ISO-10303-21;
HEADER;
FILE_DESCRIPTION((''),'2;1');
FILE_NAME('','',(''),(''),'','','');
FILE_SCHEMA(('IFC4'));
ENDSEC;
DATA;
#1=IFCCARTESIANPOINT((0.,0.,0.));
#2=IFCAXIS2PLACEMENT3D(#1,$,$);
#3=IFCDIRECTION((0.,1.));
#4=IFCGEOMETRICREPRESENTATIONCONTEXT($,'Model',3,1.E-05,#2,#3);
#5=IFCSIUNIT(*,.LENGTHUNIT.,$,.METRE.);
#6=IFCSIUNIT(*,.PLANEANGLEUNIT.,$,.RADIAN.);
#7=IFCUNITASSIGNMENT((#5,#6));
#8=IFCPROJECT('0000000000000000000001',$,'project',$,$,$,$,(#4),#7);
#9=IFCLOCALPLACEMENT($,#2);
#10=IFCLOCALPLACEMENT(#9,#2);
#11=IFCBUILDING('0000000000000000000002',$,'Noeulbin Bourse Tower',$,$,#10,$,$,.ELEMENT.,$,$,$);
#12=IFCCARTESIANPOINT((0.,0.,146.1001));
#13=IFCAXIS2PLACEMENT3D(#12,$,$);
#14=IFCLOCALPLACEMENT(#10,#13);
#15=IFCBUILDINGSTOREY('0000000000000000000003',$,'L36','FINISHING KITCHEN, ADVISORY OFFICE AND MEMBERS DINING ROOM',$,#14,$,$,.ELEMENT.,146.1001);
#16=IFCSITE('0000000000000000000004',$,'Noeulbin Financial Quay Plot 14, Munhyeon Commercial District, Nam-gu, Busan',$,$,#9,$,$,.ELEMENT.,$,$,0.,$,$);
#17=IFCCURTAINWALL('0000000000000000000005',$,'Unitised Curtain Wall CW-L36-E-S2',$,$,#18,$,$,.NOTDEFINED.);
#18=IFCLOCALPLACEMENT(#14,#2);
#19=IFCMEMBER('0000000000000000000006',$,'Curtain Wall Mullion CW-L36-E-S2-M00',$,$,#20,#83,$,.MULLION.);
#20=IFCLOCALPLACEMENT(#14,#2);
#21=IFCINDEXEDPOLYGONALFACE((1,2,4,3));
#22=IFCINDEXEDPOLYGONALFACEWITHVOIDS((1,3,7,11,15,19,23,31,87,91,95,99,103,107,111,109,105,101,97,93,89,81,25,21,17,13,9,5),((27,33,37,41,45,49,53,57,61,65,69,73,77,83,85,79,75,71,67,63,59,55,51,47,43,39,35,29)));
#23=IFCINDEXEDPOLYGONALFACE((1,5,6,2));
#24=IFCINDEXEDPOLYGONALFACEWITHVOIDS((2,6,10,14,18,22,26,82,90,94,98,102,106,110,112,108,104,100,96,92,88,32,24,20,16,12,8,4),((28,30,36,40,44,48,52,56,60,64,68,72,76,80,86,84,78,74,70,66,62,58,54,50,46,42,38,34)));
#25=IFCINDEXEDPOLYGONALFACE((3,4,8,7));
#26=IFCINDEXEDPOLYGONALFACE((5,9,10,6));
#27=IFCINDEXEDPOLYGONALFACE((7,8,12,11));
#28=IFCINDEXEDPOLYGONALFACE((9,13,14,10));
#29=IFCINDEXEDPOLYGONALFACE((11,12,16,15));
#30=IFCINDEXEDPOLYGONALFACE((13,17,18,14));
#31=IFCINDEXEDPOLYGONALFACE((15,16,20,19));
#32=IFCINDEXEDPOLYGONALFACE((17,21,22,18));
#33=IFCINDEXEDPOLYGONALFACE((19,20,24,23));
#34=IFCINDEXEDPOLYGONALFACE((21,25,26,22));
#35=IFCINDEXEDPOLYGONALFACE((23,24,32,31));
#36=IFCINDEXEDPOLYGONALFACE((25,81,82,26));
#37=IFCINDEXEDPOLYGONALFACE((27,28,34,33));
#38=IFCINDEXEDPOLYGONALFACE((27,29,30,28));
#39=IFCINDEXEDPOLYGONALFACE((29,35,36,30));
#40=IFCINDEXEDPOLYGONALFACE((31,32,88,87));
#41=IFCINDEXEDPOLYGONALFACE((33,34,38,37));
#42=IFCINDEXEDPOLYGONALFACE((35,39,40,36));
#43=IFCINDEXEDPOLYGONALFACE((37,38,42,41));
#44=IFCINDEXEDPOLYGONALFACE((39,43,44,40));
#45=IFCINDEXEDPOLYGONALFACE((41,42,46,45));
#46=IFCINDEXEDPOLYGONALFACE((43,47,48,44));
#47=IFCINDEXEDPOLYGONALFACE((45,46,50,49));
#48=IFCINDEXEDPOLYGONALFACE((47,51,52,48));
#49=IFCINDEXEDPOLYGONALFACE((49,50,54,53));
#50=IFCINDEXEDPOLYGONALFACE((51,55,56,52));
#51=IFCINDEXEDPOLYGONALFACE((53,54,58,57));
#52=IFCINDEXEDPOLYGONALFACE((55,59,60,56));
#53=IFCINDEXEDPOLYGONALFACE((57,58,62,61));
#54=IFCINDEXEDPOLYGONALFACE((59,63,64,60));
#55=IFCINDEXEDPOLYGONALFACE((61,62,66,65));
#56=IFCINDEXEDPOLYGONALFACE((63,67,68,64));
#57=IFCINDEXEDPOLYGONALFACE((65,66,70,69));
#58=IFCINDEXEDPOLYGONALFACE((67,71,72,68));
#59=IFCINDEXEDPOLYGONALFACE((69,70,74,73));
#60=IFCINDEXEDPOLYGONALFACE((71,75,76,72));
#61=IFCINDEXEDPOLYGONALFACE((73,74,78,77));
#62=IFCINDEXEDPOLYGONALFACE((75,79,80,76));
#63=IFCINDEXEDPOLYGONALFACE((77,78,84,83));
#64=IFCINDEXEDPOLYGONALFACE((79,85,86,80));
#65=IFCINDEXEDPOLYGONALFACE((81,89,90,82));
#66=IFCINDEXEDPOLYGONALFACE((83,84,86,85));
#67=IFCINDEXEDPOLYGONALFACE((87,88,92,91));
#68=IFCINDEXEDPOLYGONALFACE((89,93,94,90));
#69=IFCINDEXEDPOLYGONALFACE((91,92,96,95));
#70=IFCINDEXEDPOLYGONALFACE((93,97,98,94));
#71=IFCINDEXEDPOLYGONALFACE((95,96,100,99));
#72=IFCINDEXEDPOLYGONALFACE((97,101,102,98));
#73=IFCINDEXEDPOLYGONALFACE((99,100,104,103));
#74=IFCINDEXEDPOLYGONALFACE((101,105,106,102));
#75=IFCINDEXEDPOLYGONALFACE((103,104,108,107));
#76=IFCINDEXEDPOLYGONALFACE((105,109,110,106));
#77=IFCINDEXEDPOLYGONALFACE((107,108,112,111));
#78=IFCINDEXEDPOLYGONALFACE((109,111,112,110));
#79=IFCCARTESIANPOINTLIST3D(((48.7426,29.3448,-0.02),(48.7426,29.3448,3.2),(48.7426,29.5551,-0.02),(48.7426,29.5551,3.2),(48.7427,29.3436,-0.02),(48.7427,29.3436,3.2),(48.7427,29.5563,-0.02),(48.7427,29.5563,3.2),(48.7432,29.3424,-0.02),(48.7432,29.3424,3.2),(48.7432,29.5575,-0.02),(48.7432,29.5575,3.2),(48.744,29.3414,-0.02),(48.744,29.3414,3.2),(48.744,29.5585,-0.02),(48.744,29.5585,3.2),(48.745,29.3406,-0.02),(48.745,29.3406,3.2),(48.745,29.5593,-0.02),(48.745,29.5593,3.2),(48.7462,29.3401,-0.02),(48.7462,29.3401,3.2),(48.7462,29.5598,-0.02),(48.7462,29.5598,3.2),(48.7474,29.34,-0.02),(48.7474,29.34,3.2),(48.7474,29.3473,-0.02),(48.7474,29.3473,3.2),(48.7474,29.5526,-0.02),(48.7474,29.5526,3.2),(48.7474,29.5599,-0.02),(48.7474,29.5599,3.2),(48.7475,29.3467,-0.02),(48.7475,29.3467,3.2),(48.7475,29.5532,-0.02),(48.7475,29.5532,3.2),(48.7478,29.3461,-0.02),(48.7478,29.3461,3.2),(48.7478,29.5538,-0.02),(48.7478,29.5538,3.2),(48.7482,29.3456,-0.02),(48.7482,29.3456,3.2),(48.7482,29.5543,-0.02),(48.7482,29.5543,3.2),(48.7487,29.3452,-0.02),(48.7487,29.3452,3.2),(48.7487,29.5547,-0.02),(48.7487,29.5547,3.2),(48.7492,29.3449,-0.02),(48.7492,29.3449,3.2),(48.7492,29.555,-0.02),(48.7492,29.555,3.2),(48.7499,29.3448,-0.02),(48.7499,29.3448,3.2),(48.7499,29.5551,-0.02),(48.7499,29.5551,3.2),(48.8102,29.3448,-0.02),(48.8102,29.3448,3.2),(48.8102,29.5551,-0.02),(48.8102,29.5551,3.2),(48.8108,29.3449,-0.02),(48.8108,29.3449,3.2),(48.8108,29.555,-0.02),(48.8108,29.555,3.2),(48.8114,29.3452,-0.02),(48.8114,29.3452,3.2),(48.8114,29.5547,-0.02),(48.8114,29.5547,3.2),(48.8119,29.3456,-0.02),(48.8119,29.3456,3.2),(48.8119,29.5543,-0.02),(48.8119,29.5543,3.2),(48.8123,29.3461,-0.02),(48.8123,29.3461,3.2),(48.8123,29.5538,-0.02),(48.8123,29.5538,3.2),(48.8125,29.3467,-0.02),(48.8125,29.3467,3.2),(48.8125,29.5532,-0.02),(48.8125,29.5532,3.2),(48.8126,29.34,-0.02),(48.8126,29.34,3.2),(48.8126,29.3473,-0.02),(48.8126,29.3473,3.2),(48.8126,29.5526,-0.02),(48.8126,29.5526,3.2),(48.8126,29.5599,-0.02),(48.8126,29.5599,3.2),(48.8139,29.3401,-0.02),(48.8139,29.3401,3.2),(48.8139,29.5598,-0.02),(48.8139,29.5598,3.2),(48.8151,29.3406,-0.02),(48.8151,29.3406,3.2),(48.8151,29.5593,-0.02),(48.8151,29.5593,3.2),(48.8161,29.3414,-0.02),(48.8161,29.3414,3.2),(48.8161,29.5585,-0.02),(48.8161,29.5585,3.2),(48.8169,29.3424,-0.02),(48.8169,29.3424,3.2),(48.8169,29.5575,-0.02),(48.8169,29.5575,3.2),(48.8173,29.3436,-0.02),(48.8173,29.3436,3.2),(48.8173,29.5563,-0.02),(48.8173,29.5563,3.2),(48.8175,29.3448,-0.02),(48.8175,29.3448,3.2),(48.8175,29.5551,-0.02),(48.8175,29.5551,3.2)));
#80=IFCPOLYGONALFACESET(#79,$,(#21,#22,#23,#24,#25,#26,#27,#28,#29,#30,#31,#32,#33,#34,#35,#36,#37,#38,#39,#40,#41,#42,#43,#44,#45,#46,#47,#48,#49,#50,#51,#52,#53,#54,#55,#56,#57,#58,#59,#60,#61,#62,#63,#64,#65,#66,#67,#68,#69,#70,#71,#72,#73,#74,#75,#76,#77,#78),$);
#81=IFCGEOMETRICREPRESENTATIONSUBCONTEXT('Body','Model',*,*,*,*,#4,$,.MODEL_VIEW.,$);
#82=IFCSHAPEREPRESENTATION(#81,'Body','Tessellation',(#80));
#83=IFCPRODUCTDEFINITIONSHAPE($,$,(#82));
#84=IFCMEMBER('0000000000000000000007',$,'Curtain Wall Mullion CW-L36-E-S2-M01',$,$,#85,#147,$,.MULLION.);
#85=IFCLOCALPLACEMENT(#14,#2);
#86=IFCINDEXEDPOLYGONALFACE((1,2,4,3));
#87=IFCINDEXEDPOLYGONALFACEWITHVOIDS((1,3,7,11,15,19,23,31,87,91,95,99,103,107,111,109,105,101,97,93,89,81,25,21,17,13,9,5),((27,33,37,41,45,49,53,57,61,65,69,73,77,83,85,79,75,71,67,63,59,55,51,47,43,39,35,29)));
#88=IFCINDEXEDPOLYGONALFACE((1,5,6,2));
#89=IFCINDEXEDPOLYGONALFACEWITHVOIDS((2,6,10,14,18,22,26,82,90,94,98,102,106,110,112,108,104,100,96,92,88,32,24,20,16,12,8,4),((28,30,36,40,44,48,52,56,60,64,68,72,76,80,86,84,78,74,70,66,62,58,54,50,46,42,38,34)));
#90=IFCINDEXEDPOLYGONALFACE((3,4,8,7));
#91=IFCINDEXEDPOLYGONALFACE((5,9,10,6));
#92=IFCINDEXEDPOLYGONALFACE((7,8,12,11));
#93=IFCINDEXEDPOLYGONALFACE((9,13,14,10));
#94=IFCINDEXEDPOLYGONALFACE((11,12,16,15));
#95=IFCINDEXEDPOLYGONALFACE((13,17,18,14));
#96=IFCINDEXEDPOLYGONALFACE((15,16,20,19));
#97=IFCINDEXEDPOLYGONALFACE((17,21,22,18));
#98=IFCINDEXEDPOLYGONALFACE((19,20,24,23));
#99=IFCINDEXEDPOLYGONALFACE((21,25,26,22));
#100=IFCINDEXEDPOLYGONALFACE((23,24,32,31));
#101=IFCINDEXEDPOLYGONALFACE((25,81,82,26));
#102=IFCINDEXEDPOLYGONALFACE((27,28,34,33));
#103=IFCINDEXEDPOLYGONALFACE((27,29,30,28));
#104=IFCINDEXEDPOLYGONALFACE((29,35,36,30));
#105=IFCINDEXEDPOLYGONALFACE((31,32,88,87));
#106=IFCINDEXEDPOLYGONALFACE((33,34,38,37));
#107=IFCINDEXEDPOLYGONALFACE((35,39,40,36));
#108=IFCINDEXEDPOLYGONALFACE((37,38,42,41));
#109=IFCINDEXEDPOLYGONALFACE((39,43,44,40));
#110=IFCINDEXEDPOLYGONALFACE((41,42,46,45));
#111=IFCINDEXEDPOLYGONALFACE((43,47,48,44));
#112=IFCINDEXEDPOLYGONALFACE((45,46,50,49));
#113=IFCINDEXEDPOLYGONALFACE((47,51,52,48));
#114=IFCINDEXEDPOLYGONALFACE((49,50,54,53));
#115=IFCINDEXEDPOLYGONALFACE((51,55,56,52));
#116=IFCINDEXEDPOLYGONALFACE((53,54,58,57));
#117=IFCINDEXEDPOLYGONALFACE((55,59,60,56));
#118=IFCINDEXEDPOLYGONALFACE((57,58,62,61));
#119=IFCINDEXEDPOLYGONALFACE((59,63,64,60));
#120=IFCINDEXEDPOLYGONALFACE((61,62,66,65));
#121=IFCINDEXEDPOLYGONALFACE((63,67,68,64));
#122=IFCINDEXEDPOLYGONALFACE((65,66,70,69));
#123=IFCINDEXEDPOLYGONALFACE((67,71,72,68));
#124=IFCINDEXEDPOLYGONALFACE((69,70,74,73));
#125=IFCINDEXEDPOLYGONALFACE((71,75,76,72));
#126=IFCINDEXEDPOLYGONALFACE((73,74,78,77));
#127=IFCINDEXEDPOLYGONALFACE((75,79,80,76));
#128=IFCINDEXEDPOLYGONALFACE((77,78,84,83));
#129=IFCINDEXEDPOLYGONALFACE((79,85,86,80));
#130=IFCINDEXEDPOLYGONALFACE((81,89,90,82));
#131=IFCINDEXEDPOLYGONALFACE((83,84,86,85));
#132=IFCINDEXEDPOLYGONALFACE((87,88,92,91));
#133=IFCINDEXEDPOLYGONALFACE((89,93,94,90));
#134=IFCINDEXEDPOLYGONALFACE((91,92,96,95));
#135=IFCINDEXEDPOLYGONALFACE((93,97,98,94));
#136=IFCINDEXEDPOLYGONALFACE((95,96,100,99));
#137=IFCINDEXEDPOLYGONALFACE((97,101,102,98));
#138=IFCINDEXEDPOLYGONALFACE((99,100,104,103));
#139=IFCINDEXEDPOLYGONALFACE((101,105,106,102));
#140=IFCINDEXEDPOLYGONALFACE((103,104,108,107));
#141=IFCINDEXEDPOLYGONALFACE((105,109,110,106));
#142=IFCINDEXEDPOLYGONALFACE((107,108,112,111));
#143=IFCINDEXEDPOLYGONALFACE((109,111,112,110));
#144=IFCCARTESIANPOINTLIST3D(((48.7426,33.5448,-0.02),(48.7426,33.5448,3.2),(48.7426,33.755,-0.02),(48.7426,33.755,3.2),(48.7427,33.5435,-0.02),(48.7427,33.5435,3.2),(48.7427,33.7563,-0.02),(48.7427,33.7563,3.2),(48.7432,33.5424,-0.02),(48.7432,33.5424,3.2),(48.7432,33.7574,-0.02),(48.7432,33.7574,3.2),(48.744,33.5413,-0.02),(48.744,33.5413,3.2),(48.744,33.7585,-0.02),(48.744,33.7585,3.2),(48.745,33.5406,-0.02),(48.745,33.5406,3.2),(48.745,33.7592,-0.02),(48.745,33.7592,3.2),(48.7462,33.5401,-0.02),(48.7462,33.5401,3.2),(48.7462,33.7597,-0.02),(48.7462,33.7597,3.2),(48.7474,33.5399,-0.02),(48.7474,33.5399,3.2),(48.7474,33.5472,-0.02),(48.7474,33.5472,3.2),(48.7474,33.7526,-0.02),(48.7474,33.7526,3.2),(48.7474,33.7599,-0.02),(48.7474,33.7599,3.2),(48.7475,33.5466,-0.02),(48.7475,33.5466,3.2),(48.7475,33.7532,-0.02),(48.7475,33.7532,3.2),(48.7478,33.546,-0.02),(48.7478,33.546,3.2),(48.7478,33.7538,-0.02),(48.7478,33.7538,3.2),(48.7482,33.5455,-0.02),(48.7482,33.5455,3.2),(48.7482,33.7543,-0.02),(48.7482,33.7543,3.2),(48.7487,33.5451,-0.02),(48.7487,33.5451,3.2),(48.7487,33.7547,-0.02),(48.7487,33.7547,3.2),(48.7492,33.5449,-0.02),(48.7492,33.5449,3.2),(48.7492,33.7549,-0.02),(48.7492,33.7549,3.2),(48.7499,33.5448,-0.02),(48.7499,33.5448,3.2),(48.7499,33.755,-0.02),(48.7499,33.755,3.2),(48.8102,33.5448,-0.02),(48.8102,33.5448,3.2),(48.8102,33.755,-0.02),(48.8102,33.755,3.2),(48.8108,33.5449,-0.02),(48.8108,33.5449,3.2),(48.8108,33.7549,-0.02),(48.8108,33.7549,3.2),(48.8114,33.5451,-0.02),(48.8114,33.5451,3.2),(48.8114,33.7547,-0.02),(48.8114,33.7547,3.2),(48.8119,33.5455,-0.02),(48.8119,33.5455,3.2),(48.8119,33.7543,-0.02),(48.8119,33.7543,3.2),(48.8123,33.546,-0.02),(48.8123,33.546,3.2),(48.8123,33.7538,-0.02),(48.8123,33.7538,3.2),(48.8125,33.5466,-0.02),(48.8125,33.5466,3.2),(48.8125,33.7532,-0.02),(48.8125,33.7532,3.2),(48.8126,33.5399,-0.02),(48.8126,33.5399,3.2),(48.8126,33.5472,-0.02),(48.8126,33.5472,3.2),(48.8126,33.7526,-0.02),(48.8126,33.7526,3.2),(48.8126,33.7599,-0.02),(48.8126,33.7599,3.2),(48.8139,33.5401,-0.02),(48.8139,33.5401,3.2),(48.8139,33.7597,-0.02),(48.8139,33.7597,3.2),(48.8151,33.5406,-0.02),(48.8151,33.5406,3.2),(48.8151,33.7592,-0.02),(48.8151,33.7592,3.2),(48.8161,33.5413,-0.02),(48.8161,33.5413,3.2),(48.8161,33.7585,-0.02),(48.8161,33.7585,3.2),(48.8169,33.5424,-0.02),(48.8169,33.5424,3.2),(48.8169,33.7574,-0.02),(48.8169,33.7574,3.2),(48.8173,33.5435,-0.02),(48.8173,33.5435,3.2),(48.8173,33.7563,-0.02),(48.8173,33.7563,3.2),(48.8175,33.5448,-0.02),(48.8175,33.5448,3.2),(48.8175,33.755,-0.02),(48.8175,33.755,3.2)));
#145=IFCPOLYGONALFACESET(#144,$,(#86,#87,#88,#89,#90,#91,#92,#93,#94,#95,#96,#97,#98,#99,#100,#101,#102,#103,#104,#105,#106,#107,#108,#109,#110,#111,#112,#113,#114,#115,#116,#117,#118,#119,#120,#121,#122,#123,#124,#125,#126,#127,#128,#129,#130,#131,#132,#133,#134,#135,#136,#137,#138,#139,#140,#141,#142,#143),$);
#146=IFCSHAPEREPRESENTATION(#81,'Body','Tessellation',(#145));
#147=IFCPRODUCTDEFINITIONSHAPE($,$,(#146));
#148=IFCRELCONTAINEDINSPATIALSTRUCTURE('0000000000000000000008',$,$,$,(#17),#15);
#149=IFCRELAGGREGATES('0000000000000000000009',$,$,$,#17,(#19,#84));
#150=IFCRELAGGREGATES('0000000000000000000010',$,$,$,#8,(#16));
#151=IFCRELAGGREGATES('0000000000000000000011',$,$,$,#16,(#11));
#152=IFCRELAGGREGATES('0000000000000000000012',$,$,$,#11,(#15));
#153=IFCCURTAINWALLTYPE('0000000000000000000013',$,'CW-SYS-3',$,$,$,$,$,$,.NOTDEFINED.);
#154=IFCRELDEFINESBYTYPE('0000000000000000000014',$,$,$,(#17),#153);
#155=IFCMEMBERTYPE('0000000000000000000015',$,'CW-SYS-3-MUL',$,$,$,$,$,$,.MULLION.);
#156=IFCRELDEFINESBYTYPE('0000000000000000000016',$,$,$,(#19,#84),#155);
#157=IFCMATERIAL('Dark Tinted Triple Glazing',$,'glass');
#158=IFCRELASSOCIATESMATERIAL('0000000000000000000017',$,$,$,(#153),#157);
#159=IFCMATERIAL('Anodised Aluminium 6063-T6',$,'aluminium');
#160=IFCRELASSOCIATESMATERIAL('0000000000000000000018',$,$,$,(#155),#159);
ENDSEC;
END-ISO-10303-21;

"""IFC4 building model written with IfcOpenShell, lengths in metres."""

from ifc_helpers import new_model, si_unit, direction, frame, origin, origin_2d, place, context, subcontext, project, spatial, hollow_rectangle, extrude, material, material_profile, profile_set, type_object, element, aggregate, save


model = new_model("IFC4")

# Units and contexts
model_context = context("Model", 3, precision=1e-05, world=origin(), true_north=direction((0.0, 1.0)))
body_context = subcontext(model_context, "Body", "Model", "MODEL_VIEW")
ifc_project = project(units=[si_unit("LENGTHUNIT", "METRE"), si_unit("PLANEANGLEUNIT", "RADIAN")], contexts=[model_context])

# Site, building, storey
site_placement = place(None, origin())
site = spatial("IfcSite", under=ifc_project, at=site_placement, Name="Noeulbin Financial Quay Plot 14, Munhyeon Commercial District, Nam-gu, Busan", CompositionType="ELEMENT", RefElevation=0.0)
building_placement = place(site_placement, origin())
building = spatial("IfcBuilding", under=site, at=building_placement, Name="Noeulbin Bourse Tower", CompositionType="ELEMENT")
storey_placement = place(building_placement, frame((0.0, 0.0, 146.1001)))
storey = spatial("IfcBuildingStorey", under=building, at=storey_placement, Name="L36", Description="FINISHING KITCHEN, ADVISORY OFFICE AND MEMBERS DINING ROOM", CompositionType="ELEMENT", Elevation=146.1001)

# Curtain wall, members
ifc_material_1 = material(Name="Dark Tinted Triple Glazing", Category="glass")
curtain_wall_type = type_object("IfcCurtainWallType", Name="CW-SYS-3", PredefinedType="NOTDEFINED", material=ifc_material_1)
curtain_wall_placement = place(storey_placement, origin())
curtain_wall = element("IfcCurtainWall", 1, at=curtain_wall_placement, inside=storey, type_object=curtain_wall_type, Name="Unitised Curtain Wall CW-L36-E-S2", PredefinedType="NOTDEFINED")
ifc_material_2 = material(Name="Anodised Aluminium 6063-T6", Category="aluminium")
ifc_material_profile_1 = material_profile(ifc_material_2, hollow_rectangle(XDim=0.075, YDim=0.22, WallThickness=0.0049, InnerFilletRadius=0.0024, OuterFilletRadius=0.0049, at=origin_2d()), Name="ALU-MULL-75x220x5", Category="LoadBearing")
ifc_profile_set_1 = profile_set([ifc_material_profile_1], Name="Anodised Aluminium 6063-T6")
member_type_1 = type_object("IfcMemberType", Name="CW-SYS-3-MUL", PredefinedType="MULLION", material=ifc_profile_set_1)
member_1_placement = place(storey_placement, frame((48.78, 29.45, -0.02), z_axis=(0.0, 0.0, 1.0), x_axis=(1.0, 0.0, 0.0)))
member_1 = element("IfcMember", 2, at=member_1_placement, type_object=member_type_1, Name="Curtain Wall Mullion CW-L36-E-S2-M00", PredefinedType="MULLION", context=body_context, shape_type="SweptSolid", body=[
    extrude(hollow_rectangle(XDim=0.075, YDim=0.22, WallThickness=0.0049, InnerFilletRadius=0.0024, OuterFilletRadius=0.0049, at=origin_2d()), origin(), (0.0, 0.0, 1.0), 3.22),
])
member_2_placement = place(storey_placement, frame((48.78, 33.6499, -0.02), z_axis=(0.0, 0.0, 1.0), x_axis=(1.0, 0.0, 0.0)))
member_2 = element("IfcMember", 3, at=member_2_placement, type_object=member_type_1, Name="Curtain Wall Mullion CW-L36-E-S2-M01", PredefinedType="MULLION", context=body_context, shape_type="SweptSolid", body=[
    extrude(hollow_rectangle(XDim=0.075, YDim=0.22, WallThickness=0.0049, InnerFilletRadius=0.0024, OuterFilletRadius=0.0049, at=origin_2d()), origin(), (0.0, 0.0, 1.0), 3.22),
])
aggregate(curtain_wall, [member_1, member_2])

save(model, "model.ifc")
